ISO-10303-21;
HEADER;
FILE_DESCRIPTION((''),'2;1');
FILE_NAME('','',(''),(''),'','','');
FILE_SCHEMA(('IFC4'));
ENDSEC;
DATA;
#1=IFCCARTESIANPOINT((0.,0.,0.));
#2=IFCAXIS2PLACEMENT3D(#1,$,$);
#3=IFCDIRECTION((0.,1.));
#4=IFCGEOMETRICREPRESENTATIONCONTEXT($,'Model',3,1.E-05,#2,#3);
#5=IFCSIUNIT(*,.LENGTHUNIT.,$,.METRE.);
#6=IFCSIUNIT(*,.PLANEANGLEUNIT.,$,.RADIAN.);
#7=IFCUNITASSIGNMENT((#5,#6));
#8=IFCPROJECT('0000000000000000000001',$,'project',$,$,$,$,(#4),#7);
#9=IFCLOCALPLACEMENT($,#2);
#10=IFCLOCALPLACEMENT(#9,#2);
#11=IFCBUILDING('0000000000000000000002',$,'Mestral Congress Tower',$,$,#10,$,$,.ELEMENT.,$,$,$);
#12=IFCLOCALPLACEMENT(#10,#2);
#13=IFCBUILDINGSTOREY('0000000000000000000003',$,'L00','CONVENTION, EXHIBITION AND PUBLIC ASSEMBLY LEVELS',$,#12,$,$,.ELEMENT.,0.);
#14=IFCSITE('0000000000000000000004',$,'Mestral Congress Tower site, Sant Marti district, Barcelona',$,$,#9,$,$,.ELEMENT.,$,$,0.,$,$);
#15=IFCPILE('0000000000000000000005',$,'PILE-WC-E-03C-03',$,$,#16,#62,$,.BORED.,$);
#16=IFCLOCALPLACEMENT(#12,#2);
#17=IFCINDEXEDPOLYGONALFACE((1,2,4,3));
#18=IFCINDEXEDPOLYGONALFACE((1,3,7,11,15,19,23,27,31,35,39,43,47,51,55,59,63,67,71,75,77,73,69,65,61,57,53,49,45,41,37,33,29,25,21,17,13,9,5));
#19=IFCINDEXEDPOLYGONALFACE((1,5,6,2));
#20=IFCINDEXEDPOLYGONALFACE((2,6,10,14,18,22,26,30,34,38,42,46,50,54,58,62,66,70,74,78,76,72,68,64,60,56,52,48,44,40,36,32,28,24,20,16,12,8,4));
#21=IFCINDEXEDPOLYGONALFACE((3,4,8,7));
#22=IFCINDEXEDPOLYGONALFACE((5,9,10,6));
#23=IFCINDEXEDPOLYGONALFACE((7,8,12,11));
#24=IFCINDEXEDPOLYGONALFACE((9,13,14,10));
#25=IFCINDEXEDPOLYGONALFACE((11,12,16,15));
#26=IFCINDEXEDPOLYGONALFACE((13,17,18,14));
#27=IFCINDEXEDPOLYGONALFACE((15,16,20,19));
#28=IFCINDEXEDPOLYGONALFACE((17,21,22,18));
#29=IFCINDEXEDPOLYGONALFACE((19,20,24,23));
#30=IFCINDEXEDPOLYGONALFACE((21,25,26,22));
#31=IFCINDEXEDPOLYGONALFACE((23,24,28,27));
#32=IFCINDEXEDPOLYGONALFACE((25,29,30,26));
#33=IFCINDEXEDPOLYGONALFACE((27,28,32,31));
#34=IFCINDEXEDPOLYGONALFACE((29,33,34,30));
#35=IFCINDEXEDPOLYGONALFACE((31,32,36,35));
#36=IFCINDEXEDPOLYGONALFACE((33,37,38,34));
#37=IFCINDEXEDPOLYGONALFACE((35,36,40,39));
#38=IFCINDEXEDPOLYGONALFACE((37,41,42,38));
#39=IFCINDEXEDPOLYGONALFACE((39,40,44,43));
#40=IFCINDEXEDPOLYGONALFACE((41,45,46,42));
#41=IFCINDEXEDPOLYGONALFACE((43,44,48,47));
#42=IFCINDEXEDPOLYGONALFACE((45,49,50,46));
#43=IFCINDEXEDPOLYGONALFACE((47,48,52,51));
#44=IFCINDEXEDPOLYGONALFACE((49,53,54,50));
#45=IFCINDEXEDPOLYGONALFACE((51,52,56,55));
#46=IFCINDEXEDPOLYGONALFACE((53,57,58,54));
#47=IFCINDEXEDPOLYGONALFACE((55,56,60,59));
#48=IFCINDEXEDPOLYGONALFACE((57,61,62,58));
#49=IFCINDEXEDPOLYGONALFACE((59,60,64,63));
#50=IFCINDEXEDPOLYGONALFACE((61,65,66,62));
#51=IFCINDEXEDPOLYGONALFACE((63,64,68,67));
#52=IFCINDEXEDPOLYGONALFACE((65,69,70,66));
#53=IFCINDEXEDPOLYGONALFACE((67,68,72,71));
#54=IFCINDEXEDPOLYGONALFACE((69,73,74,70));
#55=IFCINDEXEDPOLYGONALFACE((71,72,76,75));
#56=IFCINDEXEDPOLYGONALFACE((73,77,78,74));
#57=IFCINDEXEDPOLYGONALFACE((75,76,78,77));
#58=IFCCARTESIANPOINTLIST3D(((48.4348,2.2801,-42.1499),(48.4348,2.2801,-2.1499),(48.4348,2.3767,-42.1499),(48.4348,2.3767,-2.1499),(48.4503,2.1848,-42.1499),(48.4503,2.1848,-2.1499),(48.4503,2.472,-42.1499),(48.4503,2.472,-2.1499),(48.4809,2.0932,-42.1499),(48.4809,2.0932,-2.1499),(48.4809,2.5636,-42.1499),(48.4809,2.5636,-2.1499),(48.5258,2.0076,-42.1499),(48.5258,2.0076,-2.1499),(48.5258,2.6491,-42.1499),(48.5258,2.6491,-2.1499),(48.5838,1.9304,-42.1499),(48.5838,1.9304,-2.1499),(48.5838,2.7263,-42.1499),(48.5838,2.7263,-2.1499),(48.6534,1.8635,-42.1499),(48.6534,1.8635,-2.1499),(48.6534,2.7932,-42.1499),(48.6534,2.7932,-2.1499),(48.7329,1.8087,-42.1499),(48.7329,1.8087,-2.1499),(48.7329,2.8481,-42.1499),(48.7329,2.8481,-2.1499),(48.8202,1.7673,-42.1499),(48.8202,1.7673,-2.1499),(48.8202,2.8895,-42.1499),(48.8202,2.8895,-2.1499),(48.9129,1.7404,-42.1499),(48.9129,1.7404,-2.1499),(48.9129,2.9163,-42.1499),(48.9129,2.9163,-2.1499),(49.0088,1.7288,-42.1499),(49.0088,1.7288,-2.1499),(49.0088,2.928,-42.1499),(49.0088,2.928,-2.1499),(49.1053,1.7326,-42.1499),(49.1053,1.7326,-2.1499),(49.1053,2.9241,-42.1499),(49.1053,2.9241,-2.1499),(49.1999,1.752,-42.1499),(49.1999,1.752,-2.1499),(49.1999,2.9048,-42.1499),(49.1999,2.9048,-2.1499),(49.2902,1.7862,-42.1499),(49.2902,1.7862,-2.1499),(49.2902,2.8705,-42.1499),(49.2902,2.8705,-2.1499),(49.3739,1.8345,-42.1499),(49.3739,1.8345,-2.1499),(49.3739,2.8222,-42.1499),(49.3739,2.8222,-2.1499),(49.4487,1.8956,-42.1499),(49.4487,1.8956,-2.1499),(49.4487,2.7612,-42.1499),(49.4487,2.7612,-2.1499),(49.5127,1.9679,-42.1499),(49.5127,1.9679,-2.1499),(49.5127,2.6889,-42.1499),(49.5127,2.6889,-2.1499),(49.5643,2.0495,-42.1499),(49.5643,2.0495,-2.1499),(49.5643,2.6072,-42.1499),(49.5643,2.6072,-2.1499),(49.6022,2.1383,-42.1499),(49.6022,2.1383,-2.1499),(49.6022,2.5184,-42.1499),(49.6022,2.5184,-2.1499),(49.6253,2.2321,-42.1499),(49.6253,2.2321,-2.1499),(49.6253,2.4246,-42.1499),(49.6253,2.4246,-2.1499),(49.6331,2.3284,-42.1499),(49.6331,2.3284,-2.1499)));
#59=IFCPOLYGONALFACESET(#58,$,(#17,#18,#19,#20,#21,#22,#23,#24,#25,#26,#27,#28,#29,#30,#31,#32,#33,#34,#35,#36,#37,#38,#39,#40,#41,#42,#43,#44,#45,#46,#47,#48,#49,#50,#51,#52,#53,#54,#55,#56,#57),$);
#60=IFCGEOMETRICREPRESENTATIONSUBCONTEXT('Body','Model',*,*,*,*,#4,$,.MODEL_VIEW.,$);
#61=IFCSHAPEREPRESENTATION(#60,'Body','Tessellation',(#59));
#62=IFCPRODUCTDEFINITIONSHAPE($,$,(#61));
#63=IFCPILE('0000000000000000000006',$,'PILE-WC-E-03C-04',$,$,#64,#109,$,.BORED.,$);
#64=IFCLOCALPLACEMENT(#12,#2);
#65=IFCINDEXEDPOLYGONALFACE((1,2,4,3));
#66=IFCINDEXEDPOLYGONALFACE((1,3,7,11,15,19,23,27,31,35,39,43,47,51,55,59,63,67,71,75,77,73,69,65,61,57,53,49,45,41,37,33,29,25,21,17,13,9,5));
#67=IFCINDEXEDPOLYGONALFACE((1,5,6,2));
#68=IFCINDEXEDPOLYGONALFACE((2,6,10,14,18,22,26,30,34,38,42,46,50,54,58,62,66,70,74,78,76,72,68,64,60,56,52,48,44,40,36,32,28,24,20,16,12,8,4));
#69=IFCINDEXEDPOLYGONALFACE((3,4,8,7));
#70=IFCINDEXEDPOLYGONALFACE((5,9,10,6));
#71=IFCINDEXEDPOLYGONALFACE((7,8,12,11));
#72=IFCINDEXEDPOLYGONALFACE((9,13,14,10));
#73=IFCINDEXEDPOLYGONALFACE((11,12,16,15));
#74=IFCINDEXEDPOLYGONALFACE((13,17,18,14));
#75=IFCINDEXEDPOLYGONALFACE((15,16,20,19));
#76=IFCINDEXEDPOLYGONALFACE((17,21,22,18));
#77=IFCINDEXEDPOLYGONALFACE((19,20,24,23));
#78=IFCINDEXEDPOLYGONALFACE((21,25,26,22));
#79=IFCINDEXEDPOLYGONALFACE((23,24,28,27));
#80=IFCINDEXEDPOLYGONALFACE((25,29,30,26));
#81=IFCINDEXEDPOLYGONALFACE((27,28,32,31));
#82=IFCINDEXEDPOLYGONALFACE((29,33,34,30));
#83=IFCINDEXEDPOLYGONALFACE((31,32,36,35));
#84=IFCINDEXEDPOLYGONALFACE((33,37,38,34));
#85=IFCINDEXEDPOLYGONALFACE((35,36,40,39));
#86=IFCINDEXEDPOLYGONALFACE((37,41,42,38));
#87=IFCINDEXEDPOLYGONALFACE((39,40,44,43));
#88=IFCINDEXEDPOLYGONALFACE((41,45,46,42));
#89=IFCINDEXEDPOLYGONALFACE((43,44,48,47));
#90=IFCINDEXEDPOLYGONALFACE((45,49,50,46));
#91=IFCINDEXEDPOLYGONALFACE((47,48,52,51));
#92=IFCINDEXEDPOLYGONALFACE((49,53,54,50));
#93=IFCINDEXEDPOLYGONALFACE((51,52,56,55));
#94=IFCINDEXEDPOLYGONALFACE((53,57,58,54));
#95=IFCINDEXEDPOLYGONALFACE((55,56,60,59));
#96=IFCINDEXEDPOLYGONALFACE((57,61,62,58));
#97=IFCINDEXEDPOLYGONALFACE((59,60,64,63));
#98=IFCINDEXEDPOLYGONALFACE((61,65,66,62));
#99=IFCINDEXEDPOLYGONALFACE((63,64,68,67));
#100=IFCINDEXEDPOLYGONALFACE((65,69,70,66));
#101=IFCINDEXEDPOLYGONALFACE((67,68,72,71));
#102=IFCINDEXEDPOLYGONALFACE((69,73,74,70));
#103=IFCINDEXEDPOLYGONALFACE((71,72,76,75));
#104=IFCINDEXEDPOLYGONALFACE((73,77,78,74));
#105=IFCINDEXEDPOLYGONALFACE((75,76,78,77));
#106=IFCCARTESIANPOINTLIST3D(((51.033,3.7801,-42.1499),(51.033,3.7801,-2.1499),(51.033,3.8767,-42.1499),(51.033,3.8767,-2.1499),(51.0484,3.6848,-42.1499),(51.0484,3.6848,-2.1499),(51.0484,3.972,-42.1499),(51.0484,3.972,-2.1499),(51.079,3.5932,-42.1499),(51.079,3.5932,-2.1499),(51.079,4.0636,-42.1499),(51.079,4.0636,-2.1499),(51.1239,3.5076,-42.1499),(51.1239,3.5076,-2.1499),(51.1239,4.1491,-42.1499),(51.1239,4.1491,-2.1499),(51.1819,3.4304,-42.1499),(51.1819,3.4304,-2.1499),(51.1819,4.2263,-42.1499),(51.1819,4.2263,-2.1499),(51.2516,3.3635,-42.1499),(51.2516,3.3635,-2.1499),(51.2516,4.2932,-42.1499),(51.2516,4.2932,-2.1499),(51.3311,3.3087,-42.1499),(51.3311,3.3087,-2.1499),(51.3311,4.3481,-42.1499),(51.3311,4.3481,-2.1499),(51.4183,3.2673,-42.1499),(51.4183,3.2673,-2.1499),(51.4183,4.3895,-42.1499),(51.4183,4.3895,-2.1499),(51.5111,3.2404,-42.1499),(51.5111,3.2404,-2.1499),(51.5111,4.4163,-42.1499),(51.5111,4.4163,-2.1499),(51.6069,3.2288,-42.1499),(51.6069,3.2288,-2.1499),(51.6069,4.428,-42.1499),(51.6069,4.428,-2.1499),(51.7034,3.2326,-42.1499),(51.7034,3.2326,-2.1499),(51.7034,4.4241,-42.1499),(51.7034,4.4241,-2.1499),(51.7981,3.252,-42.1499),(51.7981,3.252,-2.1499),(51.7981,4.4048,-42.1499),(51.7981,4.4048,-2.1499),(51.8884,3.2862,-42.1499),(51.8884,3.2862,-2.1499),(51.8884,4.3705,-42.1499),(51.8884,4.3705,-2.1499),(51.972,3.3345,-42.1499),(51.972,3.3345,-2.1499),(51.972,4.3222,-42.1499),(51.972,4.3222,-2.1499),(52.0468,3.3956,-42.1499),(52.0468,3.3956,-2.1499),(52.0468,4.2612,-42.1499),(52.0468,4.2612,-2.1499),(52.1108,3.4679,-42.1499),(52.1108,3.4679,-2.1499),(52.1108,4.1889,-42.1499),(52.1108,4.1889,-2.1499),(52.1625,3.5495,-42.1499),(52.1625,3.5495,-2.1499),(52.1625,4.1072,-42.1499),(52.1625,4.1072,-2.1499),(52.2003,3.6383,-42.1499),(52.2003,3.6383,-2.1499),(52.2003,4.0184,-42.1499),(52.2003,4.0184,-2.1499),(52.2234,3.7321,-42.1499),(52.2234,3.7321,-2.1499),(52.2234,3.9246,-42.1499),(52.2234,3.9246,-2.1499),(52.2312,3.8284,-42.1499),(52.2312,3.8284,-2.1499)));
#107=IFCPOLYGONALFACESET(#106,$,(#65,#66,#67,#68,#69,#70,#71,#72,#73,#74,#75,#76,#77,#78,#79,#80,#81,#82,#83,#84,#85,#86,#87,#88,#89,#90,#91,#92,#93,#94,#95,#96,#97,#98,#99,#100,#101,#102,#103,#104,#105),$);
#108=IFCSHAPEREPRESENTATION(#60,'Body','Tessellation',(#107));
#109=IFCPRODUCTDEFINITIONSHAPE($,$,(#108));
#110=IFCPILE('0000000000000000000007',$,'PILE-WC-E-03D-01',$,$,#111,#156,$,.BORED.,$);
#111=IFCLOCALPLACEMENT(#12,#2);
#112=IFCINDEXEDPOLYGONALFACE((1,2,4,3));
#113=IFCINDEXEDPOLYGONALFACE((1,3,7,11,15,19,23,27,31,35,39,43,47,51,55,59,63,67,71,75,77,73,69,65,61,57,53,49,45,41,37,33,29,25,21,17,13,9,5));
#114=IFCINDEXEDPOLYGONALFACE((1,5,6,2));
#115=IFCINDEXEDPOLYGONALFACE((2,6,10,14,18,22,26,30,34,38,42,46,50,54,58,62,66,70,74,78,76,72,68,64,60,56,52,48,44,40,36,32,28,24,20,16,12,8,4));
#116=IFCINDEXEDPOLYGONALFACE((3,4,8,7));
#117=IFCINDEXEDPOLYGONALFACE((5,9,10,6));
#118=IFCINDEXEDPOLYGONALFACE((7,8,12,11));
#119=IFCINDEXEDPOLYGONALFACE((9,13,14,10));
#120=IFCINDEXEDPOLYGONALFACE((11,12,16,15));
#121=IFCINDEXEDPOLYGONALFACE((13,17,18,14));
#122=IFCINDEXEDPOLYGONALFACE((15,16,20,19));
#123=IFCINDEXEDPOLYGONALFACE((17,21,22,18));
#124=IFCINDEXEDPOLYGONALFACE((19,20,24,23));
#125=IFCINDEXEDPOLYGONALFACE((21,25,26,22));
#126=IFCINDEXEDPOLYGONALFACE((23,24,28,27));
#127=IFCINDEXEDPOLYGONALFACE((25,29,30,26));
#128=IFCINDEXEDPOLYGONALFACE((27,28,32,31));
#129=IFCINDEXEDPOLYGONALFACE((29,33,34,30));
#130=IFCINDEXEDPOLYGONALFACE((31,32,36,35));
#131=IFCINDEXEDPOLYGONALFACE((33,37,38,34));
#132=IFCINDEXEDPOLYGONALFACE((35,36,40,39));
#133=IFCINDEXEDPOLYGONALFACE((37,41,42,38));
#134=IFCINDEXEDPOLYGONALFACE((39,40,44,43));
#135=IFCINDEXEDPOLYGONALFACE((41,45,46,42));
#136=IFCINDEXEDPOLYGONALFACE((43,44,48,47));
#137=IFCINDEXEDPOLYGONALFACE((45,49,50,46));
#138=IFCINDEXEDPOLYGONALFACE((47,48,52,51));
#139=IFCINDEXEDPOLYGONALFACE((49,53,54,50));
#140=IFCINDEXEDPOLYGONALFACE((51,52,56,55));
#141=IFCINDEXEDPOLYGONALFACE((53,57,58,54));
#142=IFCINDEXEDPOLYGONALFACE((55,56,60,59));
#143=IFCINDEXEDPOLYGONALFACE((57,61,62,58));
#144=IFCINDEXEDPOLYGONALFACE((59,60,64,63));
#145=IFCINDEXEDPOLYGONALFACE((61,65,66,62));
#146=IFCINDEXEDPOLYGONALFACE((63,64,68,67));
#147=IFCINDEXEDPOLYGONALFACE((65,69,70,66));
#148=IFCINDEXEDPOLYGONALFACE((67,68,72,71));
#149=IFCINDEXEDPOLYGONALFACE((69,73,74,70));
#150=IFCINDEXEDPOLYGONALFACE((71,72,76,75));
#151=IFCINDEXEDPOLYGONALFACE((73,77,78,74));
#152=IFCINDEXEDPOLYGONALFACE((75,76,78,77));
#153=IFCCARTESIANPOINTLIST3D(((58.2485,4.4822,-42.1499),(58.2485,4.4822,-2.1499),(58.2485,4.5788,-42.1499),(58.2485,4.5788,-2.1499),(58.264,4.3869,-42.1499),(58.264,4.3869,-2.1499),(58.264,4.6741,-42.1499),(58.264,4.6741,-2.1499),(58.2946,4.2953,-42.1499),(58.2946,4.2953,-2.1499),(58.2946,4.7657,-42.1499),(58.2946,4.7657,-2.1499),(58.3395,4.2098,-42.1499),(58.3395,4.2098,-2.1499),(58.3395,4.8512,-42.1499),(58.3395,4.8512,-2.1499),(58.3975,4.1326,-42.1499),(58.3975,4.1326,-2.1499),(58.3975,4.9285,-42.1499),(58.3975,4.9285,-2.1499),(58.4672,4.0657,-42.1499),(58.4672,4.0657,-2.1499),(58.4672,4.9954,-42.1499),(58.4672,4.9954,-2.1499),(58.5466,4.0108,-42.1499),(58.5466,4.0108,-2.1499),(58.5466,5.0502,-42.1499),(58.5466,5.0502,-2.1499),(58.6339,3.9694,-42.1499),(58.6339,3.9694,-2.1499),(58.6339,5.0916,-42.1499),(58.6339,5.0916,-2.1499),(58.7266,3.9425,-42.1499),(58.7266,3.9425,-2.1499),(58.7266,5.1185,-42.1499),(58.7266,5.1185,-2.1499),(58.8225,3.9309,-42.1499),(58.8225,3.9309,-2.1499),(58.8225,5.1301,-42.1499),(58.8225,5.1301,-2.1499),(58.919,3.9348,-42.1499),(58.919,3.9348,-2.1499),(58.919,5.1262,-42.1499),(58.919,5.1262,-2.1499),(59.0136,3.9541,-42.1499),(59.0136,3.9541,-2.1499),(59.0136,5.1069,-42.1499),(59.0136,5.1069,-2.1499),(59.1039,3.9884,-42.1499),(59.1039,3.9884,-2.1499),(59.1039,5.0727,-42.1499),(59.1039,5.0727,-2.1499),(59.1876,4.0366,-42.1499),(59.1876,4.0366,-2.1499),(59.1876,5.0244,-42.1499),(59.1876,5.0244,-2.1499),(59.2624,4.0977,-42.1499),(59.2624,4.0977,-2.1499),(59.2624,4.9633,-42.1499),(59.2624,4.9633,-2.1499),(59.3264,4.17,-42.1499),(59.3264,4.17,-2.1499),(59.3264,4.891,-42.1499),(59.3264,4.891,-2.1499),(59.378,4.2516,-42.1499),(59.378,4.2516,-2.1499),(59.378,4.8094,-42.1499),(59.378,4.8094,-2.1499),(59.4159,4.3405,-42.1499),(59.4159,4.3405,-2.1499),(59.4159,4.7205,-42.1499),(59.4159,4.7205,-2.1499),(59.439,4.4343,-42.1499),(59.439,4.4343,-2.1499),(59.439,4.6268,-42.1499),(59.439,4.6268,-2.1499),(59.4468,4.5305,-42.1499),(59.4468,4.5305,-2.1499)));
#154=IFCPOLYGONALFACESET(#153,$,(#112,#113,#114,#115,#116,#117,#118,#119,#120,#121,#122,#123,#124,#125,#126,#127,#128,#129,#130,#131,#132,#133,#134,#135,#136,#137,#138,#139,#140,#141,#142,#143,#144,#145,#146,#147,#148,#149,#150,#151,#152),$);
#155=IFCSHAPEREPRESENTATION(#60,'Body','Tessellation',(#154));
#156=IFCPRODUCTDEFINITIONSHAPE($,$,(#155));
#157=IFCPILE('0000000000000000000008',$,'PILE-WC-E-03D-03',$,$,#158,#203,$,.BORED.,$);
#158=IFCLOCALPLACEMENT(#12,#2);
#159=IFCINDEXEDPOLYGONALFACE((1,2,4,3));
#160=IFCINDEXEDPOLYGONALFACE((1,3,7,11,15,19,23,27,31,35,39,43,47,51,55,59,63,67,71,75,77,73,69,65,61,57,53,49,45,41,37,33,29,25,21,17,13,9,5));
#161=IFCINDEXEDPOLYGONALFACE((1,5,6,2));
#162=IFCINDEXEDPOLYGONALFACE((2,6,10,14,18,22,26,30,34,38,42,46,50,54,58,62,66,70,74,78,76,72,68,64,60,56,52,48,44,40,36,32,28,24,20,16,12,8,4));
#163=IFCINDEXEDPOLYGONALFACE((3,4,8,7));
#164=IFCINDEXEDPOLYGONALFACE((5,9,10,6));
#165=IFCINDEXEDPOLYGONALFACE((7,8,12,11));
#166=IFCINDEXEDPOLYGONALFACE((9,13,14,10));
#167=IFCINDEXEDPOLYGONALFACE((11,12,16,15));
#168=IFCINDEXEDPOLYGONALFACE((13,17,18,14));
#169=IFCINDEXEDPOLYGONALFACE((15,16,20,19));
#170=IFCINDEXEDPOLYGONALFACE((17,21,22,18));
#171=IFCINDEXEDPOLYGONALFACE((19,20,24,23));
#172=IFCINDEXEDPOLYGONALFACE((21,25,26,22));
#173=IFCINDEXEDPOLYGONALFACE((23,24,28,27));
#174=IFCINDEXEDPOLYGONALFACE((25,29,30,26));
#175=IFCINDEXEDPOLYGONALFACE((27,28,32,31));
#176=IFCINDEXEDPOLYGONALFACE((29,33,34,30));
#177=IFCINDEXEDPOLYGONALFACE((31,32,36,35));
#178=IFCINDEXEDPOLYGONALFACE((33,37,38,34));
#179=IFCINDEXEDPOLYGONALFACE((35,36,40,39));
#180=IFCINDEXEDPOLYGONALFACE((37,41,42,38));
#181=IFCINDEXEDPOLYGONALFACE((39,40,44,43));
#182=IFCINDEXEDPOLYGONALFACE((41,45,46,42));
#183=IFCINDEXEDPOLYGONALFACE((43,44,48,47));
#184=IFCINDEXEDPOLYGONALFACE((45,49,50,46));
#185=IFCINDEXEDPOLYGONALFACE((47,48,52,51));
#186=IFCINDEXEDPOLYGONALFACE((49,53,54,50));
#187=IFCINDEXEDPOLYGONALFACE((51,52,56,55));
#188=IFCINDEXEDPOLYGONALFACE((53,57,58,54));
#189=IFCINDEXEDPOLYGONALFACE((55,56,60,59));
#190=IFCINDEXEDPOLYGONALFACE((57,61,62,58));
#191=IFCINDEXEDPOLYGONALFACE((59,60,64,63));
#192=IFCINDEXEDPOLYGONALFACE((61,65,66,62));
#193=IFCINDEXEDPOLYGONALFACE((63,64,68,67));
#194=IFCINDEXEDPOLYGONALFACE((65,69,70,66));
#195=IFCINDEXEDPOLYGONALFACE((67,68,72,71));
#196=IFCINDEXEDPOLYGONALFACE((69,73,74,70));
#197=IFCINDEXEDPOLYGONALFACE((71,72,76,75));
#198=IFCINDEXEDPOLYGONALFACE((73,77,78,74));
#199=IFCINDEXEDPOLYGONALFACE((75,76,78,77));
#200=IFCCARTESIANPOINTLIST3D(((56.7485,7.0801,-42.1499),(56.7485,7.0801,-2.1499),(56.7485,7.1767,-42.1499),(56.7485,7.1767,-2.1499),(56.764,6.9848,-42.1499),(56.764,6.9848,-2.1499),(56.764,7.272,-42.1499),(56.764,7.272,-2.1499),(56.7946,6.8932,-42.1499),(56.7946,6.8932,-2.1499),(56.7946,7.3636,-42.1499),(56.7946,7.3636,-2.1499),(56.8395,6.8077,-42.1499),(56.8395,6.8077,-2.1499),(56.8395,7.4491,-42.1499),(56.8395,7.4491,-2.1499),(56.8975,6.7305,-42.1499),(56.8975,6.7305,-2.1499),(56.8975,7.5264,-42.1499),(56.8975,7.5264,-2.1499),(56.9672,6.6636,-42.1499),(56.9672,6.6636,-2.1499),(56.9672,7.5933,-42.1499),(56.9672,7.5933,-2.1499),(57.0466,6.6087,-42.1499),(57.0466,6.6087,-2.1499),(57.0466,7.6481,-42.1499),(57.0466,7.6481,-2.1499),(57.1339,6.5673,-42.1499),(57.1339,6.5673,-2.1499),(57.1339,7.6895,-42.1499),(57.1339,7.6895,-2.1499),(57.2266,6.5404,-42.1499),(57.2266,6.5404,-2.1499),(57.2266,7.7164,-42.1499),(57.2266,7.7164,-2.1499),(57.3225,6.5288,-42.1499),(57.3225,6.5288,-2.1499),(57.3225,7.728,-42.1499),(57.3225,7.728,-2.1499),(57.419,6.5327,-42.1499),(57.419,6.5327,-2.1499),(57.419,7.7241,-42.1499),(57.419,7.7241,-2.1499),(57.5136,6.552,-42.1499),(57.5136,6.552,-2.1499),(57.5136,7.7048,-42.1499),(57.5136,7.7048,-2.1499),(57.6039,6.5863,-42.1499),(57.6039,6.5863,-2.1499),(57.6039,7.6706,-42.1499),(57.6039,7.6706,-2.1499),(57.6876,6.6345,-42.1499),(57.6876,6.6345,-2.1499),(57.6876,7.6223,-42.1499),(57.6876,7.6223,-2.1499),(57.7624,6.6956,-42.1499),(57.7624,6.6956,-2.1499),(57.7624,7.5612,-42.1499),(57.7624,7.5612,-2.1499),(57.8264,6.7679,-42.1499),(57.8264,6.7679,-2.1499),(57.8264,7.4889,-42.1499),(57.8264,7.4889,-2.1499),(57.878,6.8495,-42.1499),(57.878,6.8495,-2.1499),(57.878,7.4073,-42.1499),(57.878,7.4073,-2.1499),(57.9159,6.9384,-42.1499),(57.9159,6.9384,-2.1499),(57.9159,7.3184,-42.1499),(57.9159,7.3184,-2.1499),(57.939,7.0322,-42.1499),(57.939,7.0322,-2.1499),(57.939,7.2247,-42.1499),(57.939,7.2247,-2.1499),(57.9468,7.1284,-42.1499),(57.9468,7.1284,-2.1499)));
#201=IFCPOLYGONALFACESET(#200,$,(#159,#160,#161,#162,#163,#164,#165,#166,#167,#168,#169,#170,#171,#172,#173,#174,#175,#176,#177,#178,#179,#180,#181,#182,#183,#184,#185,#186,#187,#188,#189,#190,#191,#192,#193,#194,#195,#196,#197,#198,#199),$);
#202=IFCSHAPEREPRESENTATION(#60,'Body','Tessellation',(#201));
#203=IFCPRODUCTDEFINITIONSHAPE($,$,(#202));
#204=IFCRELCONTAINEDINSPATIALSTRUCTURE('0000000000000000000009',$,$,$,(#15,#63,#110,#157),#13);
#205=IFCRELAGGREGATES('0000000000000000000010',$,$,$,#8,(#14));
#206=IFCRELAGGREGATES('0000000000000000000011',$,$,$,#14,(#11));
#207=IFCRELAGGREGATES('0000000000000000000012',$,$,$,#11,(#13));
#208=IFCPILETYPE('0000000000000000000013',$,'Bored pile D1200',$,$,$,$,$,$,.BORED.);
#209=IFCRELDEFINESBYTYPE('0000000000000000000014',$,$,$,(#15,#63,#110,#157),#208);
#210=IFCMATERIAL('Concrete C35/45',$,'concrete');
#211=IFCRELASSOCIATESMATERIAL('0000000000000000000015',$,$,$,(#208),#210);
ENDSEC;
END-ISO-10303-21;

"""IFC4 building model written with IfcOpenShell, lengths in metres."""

from ifc_helpers import new_model, si_unit, direction, frame, origin, origin_2d, place, context, subcontext, project, spatial, circle, extrude, material, material_profile, profile_set, type_object, element, save


model = new_model("IFC4")

# Units and contexts
model_context = context("Model", 3, precision=1e-05, world=origin(), true_north=direction((0.0, 1.0)))
body_context = subcontext(model_context, "Body", "Model", "MODEL_VIEW")
ifc_project = project(units=[si_unit("LENGTHUNIT", "METRE"), si_unit("PLANEANGLEUNIT", "RADIAN")], contexts=[model_context])

# Site, building, storey
site_placement = place(None, origin())
site = spatial("IfcSite", under=ifc_project, at=site_placement, Name="Mestral Congress Tower site, Sant Marti district, Barcelona", CompositionType="ELEMENT", RefElevation=0.0)
building_placement = place(site_placement, origin())
building = spatial("IfcBuilding", under=site, at=building_placement, Name="Mestral Congress Tower", CompositionType="ELEMENT")
storey_placement = place(building_placement, origin())
storey = spatial("IfcBuildingStorey", under=building, at=storey_placement, Name="L00", Description="CONVENTION, EXHIBITION AND PUBLIC ASSEMBLY LEVELS", CompositionType="ELEMENT", Elevation=0.0)

# Piles
ifc_material_1 = material(Name="Concrete C35/45", Category="concrete")
ifc_material_profile_1 = material_profile(ifc_material_1, circle(Radius=0.6001, at=origin_2d()), Name="D1200")
ifc_profile_set_1 = profile_set([ifc_material_profile_1], Name="Concrete C35/45")
pile_type = type_object("IfcPileType", Name="Bored pile D1200", PredefinedType="BORED", material=ifc_profile_set_1)
for number, where, z_axis, x_axis, name in (
    (1, (49.033, 2.3284, -2.1499), (0.0, 0.0, -1.0), (1.0, 0.0, 0.0), "PILE-WC-E-03C-03"),
    (2, (51.6311, 3.8284, -2.1499), (0.0, 0.0, -1.0), (1.0, 0.0, 0.0), "PILE-WC-E-03C-04"),
    (3, (58.8467, 4.5305, -2.1499), (0.0, 0.0, -1.0), (1.0, 0.0, 0.0), "PILE-WC-E-03D-01"),
    (4, (57.3467, 7.1284, -2.1499), (0.0, 0.0, -1.0), (1.0, 0.0, 0.0), "PILE-WC-E-03D-03"),
):
    element("IfcPile", number, at=place(storey_placement, frame(where, z_axis=z_axis, x_axis=x_axis)), inside=storey, type_object=pile_type, Name=name, PredefinedType="BORED", context=body_context, shape_type="SweptSolid", body=[
        extrude(circle(Radius=0.6001, at=origin_2d()), origin(), (0.0, 0.0, 1.0), 40.0),
    ])

save(model, "model.ifc")
